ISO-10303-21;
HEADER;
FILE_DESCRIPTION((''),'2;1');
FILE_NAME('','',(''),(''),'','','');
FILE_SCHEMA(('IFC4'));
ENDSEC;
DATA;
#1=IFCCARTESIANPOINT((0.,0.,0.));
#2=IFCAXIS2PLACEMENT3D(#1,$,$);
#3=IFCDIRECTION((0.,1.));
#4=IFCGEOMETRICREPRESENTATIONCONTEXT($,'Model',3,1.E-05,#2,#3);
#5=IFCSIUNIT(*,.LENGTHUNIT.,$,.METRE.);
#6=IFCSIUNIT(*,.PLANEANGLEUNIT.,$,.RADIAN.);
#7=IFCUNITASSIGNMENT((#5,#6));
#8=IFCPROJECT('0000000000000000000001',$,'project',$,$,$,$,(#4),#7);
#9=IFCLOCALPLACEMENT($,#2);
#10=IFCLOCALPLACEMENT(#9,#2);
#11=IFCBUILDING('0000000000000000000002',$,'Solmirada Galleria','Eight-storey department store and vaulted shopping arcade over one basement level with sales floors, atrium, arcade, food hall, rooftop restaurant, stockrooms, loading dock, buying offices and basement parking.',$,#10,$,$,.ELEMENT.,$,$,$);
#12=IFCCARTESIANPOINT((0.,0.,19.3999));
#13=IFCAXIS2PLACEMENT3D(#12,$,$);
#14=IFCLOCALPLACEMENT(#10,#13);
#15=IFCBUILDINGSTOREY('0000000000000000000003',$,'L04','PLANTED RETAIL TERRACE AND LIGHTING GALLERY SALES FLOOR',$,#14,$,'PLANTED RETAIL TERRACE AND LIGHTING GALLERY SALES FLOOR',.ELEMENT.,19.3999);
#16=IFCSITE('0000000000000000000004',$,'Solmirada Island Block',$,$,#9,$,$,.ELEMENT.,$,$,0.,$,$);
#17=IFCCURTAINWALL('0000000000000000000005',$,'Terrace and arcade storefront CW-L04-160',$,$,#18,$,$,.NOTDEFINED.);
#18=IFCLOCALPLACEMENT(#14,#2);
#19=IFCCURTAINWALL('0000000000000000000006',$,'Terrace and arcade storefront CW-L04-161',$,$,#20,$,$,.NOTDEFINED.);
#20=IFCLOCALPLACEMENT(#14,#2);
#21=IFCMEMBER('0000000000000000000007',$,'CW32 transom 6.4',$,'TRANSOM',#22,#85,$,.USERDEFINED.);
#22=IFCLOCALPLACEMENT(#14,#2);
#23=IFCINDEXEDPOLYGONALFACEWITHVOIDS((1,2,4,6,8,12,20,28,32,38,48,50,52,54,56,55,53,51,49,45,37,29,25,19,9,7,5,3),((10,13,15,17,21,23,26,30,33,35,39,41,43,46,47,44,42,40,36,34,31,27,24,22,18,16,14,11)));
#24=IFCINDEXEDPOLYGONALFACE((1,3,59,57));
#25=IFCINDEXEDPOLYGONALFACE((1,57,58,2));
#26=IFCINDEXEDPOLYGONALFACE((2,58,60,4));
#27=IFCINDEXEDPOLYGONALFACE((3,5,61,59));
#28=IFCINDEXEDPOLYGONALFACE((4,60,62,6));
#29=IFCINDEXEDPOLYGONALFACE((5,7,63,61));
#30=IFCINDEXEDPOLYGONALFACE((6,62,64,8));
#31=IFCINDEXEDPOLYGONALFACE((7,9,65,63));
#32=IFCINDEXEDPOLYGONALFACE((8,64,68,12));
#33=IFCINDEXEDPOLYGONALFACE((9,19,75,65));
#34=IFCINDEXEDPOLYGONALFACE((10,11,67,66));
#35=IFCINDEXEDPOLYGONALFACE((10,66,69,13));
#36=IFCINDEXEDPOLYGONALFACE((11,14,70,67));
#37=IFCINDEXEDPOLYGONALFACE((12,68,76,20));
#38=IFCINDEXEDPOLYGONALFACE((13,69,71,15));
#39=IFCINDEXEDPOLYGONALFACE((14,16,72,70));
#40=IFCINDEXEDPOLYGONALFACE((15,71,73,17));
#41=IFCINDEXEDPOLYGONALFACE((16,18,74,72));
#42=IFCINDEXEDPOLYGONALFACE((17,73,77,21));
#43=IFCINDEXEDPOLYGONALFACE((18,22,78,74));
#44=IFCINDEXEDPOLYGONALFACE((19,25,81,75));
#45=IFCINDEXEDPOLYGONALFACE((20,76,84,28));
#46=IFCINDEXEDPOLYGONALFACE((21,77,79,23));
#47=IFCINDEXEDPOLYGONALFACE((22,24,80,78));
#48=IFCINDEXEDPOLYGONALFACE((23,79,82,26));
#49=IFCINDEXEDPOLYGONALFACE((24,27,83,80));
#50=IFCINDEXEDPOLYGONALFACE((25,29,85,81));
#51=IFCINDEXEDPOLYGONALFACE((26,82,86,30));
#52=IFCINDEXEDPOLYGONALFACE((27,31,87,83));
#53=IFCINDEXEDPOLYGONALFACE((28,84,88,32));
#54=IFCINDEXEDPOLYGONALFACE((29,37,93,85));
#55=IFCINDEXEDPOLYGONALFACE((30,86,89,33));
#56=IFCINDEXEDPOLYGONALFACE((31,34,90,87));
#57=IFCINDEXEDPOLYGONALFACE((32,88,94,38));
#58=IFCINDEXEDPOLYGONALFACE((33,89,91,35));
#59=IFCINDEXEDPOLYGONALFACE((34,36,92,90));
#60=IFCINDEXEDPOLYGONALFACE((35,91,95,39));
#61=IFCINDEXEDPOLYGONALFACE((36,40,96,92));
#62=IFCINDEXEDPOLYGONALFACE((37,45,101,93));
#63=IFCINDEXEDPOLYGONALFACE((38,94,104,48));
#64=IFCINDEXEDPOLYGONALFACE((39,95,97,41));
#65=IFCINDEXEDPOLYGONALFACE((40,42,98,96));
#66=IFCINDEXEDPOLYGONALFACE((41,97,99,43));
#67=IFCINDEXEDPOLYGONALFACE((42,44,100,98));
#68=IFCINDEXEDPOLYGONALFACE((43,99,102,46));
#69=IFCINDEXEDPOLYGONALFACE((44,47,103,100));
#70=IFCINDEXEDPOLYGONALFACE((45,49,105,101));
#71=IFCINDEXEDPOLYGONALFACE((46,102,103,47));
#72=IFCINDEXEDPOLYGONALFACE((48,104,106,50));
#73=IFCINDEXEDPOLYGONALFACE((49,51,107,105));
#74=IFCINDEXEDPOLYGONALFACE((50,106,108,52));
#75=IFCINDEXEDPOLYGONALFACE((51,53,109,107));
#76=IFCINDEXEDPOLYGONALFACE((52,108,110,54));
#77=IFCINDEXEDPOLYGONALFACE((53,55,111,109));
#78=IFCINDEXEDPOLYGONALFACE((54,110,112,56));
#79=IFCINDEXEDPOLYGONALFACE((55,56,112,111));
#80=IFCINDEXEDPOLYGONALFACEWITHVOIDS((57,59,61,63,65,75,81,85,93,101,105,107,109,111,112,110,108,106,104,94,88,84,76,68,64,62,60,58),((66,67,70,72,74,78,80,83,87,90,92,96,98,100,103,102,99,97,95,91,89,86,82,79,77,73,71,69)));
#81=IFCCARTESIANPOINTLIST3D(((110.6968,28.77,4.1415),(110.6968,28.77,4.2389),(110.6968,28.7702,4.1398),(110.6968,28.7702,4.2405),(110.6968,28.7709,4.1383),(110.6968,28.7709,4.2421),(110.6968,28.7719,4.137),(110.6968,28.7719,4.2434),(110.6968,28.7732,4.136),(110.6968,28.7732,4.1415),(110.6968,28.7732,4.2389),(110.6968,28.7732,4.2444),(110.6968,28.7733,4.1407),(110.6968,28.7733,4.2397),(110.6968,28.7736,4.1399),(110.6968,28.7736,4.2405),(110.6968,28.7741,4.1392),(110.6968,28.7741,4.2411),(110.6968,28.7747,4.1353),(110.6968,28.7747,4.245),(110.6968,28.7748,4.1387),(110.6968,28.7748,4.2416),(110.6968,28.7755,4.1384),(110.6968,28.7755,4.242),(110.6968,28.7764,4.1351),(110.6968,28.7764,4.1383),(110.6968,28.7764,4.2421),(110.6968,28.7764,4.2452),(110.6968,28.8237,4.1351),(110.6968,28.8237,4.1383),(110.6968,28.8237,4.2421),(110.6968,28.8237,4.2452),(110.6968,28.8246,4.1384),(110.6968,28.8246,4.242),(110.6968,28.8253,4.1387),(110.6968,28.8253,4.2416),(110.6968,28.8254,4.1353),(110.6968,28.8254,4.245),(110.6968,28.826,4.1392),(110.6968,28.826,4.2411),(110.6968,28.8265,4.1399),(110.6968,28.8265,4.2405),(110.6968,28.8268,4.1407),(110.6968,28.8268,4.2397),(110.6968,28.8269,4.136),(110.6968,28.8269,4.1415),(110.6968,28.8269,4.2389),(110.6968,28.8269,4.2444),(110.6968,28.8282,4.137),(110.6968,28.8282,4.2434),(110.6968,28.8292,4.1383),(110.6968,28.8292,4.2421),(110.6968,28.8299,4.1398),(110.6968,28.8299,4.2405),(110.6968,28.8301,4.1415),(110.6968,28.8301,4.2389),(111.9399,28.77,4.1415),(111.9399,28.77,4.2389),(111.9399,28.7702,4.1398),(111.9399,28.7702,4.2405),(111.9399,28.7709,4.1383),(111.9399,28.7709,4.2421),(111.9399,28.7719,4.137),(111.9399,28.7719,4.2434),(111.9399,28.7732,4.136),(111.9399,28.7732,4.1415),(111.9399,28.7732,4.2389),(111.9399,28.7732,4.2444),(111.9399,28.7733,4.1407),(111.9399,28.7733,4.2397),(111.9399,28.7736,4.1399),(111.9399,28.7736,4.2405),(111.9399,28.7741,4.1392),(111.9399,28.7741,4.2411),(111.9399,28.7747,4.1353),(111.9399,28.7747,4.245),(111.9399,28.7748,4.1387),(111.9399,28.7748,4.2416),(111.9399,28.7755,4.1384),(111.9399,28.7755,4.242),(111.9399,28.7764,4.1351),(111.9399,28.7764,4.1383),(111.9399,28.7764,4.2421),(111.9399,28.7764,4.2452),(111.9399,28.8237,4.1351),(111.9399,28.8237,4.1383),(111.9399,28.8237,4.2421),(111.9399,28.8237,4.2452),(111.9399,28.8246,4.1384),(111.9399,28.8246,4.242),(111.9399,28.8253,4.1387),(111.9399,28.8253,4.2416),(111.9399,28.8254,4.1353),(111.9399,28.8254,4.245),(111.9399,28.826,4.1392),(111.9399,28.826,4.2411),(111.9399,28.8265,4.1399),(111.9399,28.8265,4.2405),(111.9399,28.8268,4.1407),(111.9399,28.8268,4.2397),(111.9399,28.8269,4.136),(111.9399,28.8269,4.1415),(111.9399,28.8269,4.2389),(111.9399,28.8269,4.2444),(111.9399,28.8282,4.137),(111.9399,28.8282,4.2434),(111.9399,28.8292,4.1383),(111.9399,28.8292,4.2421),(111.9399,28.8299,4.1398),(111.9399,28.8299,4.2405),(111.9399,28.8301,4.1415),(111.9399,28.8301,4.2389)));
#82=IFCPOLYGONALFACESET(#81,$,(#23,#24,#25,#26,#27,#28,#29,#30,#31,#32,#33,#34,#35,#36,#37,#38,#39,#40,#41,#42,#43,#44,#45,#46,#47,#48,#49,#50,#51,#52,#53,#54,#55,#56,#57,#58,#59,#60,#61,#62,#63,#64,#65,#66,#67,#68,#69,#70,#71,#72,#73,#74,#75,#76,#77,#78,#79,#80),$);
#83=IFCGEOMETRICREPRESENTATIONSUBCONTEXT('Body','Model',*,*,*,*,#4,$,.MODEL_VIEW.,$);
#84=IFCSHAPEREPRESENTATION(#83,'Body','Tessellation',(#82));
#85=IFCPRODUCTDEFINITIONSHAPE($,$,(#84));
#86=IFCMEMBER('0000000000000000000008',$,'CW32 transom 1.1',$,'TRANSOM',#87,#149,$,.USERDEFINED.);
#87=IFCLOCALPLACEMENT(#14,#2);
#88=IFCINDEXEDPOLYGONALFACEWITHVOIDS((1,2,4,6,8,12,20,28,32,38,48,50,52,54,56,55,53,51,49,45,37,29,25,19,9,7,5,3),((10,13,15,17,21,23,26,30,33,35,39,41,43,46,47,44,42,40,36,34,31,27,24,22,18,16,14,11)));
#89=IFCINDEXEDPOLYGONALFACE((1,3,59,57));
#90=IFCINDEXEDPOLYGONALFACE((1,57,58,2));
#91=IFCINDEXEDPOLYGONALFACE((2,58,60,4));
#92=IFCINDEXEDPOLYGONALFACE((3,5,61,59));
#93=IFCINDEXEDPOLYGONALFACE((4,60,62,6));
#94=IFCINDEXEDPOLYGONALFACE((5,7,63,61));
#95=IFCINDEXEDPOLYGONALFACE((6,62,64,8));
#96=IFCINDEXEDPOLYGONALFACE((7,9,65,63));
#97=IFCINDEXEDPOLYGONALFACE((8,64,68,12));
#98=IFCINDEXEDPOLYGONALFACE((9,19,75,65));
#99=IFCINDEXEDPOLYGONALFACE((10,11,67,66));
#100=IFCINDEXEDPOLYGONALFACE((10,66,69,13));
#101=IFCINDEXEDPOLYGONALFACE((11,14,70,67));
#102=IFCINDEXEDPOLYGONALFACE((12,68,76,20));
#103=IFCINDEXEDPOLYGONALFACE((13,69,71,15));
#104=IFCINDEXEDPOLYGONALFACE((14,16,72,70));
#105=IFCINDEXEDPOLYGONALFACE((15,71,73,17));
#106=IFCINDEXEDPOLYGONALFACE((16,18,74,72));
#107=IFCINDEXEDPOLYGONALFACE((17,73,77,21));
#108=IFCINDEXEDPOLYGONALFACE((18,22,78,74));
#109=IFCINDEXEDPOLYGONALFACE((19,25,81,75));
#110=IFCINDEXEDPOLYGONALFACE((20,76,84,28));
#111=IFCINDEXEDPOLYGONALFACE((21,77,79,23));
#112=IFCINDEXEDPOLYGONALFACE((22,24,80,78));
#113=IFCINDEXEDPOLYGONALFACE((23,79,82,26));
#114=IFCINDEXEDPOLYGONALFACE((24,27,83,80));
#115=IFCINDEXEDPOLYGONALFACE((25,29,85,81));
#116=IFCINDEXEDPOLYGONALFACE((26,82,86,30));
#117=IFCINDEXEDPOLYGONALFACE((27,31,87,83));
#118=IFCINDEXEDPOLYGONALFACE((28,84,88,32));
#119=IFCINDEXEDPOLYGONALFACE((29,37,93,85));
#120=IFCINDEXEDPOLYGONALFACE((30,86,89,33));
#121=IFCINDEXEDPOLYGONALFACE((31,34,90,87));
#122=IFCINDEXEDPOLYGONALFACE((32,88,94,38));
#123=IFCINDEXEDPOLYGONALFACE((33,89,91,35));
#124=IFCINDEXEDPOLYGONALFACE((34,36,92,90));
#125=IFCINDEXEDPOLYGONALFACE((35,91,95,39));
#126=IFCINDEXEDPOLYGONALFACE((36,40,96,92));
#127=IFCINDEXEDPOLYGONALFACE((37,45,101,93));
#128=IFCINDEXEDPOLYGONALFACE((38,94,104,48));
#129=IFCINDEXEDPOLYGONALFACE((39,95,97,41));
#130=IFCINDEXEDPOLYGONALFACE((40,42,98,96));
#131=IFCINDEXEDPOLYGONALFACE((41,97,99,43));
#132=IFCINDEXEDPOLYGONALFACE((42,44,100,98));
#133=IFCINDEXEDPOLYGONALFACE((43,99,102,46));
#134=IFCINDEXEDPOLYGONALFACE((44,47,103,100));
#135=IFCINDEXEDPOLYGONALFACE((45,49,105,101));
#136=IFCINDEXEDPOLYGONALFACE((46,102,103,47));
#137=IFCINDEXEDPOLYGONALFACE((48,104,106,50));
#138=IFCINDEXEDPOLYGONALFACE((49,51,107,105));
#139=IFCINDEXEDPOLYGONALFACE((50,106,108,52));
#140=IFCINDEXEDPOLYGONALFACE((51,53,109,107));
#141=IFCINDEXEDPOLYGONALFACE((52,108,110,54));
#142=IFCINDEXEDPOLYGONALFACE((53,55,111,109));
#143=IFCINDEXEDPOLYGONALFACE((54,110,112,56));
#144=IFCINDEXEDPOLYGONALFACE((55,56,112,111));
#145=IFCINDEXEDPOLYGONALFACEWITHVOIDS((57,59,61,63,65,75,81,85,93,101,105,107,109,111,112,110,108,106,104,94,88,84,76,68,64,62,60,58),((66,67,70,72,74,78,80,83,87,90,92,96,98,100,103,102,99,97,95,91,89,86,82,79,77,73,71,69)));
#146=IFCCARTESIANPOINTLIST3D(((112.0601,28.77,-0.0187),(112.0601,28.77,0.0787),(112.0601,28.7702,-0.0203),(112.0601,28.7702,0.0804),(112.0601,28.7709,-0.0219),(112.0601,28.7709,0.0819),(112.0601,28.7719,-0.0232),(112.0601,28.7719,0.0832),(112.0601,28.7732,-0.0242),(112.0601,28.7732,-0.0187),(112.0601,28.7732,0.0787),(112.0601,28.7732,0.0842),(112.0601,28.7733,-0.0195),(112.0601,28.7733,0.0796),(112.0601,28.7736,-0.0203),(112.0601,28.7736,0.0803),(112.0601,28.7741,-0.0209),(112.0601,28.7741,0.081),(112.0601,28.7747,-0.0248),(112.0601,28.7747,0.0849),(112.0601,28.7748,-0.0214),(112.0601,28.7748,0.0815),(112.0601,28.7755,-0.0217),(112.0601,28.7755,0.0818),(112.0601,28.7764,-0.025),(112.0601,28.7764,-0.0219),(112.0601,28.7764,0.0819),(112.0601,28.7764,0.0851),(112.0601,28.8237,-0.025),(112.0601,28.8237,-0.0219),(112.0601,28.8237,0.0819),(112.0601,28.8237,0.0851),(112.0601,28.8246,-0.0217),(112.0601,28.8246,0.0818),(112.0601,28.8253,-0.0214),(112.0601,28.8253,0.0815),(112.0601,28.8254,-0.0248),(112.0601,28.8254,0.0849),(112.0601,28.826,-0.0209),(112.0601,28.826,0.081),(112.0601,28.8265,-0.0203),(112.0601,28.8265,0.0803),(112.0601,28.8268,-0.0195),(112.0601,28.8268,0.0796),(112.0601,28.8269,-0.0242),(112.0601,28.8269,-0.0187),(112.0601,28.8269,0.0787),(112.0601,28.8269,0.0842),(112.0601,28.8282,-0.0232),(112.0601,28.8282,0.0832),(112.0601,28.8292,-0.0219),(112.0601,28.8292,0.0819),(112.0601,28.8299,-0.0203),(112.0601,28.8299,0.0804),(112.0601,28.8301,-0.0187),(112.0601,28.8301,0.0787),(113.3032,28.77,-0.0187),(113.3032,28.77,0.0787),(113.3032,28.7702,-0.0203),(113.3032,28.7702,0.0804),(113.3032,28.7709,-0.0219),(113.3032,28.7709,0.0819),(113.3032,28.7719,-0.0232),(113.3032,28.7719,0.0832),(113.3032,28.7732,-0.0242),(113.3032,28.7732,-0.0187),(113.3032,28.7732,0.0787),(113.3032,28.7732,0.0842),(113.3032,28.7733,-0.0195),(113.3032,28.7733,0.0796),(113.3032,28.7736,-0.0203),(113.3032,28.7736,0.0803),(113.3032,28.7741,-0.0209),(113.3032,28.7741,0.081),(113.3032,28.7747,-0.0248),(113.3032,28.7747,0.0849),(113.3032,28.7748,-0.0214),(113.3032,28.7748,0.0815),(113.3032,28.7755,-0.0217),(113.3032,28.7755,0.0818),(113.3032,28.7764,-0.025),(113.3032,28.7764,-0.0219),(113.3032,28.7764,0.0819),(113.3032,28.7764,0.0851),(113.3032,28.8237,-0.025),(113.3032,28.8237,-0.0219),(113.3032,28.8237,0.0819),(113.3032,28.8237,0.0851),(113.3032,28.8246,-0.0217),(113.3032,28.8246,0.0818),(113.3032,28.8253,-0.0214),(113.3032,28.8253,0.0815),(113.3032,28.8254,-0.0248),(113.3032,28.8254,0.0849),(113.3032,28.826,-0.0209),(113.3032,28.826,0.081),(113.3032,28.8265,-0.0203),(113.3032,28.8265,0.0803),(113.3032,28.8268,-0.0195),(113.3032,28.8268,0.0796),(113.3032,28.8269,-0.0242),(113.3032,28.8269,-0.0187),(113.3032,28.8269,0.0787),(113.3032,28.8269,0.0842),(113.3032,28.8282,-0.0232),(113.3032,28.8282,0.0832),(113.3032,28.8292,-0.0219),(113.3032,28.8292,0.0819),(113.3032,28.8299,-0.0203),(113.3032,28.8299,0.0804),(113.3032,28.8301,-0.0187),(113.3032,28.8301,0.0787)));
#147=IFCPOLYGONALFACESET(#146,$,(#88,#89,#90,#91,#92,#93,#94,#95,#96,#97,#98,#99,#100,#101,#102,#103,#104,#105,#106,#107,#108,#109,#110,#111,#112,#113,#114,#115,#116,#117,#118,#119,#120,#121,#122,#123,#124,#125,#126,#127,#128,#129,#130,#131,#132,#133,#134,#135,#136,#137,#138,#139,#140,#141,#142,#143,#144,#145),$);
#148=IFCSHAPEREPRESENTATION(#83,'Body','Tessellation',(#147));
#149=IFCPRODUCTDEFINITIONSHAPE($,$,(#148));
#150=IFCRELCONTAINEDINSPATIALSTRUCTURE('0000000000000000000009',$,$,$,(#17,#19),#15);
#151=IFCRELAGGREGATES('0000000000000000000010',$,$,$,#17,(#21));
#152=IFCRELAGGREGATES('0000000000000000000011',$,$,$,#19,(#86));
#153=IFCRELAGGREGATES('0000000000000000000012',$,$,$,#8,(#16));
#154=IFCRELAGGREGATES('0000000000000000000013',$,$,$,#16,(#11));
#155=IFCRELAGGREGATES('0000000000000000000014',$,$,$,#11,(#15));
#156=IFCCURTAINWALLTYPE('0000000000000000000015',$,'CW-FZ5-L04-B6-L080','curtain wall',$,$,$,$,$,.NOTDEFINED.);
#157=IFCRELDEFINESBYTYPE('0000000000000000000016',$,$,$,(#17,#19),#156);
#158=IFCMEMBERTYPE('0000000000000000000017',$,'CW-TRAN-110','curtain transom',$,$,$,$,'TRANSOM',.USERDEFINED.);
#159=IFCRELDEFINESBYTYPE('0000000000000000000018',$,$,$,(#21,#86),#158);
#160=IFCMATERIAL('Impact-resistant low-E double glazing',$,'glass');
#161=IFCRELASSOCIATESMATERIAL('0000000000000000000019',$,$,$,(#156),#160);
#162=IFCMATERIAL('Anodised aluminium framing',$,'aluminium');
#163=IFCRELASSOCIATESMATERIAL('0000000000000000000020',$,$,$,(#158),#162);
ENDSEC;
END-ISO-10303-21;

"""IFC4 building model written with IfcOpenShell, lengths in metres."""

from ifc_helpers import new_model, si_unit, direction, frame, origin, origin_2d, place, context, subcontext, project, spatial, hollow_rectangle, extrude, material, material_profile, profile_set, type_object, element, aggregate, save


model = new_model("IFC4")

# Units and contexts
model_context = context("Model", 3, precision=1e-05, world=origin(), true_north=direction((0.0, 1.0)))
body_context = subcontext(model_context, "Body", "Model", "MODEL_VIEW")
ifc_project = project(units=[si_unit("LENGTHUNIT", "METRE"), si_unit("PLANEANGLEUNIT", "RADIAN")], contexts=[model_context])

# Site, building, storey
site_placement = place(None, origin())
site = spatial("IfcSite", under=ifc_project, at=site_placement, Name="Solmirada Island Block", CompositionType="ELEMENT", RefElevation=0.0)
building_placement = place(site_placement, origin())
building = spatial("IfcBuilding", under=site, at=building_placement, Name="Solmirada Galleria", Description="Eight-storey department store and vaulted shopping arcade over one basement level with sales floors, atrium, arcade, food hall, rooftop restaurant, stockrooms, loading dock, buying offices and basement parking.", CompositionType="ELEMENT")
storey_placement = place(building_placement, frame((0.0, 0.0, 19.3999)))
storey = spatial("IfcBuildingStorey", under=building, at=storey_placement, Name="L04", Description="PLANTED RETAIL TERRACE AND LIGHTING GALLERY SALES FLOOR", LongName="PLANTED RETAIL TERRACE AND LIGHTING GALLERY SALES FLOOR", CompositionType="ELEMENT", Elevation=19.3999)

# Curtain wall
ifc_material_1 = material(Name="Impact-resistant low-E double glazing", Category="glass")
curtain_wall_type = type_object("IfcCurtainWallType", Name="CW-FZ5-L04-B6-L080", Description="curtain wall", PredefinedType="NOTDEFINED", material=ifc_material_1)
curtain_wall_1_placement = place(storey_placement, origin())
curtain_wall_1 = element("IfcCurtainWall", 1, at=curtain_wall_1_placement, inside=storey, type_object=curtain_wall_type, Name="Terrace and arcade storefront CW-L04-160", PredefinedType="NOTDEFINED")
ifc_material_2 = material(Name="Anodised aluminium framing", Category="aluminium")

# Curtain wall
curtain_wall_2_placement = place(storey_placement, origin())
curtain_wall_2 = element("IfcCurtainWall", 2, at=curtain_wall_2_placement, inside=storey, type_object=curtain_wall_type, Name="Terrace and arcade storefront CW-L04-161", PredefinedType="NOTDEFINED")

# Members
ifc_material_profile_1 = material_profile(ifc_material_2, hollow_rectangle(XDim=0.0601, YDim=0.1101, WallThickness=0.0032, InnerFilletRadius=0.0032, OuterFilletRadius=0.0063, at=origin_2d()), Name="ALU-TRAN-110X60")
ifc_profile_set_1 = profile_set([ifc_material_profile_1], Name="Anodised aluminium framing")
member_type_1 = type_object("IfcMemberType", Name="CW-TRAN-110", Description="curtain transom", ElementType="TRANSOM", PredefinedType="USERDEFINED", material=ifc_profile_set_1)
member_1_placement = place(storey_placement, frame((110.6968, 28.8, 4.1902), z_axis=(1.0, 0.0, 0.0), x_axis=(0.0, 1.0, 0.0)))
member_1 = element("IfcMember", 3, at=member_1_placement, type_object=member_type_1, Name="CW32 transom 6.4", ObjectType="TRANSOM", PredefinedType="USERDEFINED", context=body_context, shape_type="SweptSolid", body=[
    extrude(hollow_rectangle(XDim=0.0601, YDim=0.1101, WallThickness=0.0032, InnerFilletRadius=0.0032, OuterFilletRadius=0.0063, at=origin_2d()), origin(), (0.0, 0.0, 1.0), 1.2432),
])
member_2_placement = place(storey_placement, frame((112.0601, 28.8, 0.03), z_axis=(1.0, 0.0, 0.0), x_axis=(0.0, 1.0, 0.0)))
member_2 = element("IfcMember", 4, at=member_2_placement, type_object=member_type_1, Name="CW32 transom 1.1", ObjectType="TRANSOM", PredefinedType="USERDEFINED", context=body_context, shape_type="SweptSolid", body=[
    extrude(hollow_rectangle(XDim=0.0601, YDim=0.1101, WallThickness=0.0032, InnerFilletRadius=0.0032, OuterFilletRadius=0.0063, at=origin_2d()), origin(), (0.0, 0.0, 1.0), 1.2432),
])

aggregate(curtain_wall_1, [member_1])
aggregate(curtain_wall_2, [member_2])

save(model, "model.ifc")
